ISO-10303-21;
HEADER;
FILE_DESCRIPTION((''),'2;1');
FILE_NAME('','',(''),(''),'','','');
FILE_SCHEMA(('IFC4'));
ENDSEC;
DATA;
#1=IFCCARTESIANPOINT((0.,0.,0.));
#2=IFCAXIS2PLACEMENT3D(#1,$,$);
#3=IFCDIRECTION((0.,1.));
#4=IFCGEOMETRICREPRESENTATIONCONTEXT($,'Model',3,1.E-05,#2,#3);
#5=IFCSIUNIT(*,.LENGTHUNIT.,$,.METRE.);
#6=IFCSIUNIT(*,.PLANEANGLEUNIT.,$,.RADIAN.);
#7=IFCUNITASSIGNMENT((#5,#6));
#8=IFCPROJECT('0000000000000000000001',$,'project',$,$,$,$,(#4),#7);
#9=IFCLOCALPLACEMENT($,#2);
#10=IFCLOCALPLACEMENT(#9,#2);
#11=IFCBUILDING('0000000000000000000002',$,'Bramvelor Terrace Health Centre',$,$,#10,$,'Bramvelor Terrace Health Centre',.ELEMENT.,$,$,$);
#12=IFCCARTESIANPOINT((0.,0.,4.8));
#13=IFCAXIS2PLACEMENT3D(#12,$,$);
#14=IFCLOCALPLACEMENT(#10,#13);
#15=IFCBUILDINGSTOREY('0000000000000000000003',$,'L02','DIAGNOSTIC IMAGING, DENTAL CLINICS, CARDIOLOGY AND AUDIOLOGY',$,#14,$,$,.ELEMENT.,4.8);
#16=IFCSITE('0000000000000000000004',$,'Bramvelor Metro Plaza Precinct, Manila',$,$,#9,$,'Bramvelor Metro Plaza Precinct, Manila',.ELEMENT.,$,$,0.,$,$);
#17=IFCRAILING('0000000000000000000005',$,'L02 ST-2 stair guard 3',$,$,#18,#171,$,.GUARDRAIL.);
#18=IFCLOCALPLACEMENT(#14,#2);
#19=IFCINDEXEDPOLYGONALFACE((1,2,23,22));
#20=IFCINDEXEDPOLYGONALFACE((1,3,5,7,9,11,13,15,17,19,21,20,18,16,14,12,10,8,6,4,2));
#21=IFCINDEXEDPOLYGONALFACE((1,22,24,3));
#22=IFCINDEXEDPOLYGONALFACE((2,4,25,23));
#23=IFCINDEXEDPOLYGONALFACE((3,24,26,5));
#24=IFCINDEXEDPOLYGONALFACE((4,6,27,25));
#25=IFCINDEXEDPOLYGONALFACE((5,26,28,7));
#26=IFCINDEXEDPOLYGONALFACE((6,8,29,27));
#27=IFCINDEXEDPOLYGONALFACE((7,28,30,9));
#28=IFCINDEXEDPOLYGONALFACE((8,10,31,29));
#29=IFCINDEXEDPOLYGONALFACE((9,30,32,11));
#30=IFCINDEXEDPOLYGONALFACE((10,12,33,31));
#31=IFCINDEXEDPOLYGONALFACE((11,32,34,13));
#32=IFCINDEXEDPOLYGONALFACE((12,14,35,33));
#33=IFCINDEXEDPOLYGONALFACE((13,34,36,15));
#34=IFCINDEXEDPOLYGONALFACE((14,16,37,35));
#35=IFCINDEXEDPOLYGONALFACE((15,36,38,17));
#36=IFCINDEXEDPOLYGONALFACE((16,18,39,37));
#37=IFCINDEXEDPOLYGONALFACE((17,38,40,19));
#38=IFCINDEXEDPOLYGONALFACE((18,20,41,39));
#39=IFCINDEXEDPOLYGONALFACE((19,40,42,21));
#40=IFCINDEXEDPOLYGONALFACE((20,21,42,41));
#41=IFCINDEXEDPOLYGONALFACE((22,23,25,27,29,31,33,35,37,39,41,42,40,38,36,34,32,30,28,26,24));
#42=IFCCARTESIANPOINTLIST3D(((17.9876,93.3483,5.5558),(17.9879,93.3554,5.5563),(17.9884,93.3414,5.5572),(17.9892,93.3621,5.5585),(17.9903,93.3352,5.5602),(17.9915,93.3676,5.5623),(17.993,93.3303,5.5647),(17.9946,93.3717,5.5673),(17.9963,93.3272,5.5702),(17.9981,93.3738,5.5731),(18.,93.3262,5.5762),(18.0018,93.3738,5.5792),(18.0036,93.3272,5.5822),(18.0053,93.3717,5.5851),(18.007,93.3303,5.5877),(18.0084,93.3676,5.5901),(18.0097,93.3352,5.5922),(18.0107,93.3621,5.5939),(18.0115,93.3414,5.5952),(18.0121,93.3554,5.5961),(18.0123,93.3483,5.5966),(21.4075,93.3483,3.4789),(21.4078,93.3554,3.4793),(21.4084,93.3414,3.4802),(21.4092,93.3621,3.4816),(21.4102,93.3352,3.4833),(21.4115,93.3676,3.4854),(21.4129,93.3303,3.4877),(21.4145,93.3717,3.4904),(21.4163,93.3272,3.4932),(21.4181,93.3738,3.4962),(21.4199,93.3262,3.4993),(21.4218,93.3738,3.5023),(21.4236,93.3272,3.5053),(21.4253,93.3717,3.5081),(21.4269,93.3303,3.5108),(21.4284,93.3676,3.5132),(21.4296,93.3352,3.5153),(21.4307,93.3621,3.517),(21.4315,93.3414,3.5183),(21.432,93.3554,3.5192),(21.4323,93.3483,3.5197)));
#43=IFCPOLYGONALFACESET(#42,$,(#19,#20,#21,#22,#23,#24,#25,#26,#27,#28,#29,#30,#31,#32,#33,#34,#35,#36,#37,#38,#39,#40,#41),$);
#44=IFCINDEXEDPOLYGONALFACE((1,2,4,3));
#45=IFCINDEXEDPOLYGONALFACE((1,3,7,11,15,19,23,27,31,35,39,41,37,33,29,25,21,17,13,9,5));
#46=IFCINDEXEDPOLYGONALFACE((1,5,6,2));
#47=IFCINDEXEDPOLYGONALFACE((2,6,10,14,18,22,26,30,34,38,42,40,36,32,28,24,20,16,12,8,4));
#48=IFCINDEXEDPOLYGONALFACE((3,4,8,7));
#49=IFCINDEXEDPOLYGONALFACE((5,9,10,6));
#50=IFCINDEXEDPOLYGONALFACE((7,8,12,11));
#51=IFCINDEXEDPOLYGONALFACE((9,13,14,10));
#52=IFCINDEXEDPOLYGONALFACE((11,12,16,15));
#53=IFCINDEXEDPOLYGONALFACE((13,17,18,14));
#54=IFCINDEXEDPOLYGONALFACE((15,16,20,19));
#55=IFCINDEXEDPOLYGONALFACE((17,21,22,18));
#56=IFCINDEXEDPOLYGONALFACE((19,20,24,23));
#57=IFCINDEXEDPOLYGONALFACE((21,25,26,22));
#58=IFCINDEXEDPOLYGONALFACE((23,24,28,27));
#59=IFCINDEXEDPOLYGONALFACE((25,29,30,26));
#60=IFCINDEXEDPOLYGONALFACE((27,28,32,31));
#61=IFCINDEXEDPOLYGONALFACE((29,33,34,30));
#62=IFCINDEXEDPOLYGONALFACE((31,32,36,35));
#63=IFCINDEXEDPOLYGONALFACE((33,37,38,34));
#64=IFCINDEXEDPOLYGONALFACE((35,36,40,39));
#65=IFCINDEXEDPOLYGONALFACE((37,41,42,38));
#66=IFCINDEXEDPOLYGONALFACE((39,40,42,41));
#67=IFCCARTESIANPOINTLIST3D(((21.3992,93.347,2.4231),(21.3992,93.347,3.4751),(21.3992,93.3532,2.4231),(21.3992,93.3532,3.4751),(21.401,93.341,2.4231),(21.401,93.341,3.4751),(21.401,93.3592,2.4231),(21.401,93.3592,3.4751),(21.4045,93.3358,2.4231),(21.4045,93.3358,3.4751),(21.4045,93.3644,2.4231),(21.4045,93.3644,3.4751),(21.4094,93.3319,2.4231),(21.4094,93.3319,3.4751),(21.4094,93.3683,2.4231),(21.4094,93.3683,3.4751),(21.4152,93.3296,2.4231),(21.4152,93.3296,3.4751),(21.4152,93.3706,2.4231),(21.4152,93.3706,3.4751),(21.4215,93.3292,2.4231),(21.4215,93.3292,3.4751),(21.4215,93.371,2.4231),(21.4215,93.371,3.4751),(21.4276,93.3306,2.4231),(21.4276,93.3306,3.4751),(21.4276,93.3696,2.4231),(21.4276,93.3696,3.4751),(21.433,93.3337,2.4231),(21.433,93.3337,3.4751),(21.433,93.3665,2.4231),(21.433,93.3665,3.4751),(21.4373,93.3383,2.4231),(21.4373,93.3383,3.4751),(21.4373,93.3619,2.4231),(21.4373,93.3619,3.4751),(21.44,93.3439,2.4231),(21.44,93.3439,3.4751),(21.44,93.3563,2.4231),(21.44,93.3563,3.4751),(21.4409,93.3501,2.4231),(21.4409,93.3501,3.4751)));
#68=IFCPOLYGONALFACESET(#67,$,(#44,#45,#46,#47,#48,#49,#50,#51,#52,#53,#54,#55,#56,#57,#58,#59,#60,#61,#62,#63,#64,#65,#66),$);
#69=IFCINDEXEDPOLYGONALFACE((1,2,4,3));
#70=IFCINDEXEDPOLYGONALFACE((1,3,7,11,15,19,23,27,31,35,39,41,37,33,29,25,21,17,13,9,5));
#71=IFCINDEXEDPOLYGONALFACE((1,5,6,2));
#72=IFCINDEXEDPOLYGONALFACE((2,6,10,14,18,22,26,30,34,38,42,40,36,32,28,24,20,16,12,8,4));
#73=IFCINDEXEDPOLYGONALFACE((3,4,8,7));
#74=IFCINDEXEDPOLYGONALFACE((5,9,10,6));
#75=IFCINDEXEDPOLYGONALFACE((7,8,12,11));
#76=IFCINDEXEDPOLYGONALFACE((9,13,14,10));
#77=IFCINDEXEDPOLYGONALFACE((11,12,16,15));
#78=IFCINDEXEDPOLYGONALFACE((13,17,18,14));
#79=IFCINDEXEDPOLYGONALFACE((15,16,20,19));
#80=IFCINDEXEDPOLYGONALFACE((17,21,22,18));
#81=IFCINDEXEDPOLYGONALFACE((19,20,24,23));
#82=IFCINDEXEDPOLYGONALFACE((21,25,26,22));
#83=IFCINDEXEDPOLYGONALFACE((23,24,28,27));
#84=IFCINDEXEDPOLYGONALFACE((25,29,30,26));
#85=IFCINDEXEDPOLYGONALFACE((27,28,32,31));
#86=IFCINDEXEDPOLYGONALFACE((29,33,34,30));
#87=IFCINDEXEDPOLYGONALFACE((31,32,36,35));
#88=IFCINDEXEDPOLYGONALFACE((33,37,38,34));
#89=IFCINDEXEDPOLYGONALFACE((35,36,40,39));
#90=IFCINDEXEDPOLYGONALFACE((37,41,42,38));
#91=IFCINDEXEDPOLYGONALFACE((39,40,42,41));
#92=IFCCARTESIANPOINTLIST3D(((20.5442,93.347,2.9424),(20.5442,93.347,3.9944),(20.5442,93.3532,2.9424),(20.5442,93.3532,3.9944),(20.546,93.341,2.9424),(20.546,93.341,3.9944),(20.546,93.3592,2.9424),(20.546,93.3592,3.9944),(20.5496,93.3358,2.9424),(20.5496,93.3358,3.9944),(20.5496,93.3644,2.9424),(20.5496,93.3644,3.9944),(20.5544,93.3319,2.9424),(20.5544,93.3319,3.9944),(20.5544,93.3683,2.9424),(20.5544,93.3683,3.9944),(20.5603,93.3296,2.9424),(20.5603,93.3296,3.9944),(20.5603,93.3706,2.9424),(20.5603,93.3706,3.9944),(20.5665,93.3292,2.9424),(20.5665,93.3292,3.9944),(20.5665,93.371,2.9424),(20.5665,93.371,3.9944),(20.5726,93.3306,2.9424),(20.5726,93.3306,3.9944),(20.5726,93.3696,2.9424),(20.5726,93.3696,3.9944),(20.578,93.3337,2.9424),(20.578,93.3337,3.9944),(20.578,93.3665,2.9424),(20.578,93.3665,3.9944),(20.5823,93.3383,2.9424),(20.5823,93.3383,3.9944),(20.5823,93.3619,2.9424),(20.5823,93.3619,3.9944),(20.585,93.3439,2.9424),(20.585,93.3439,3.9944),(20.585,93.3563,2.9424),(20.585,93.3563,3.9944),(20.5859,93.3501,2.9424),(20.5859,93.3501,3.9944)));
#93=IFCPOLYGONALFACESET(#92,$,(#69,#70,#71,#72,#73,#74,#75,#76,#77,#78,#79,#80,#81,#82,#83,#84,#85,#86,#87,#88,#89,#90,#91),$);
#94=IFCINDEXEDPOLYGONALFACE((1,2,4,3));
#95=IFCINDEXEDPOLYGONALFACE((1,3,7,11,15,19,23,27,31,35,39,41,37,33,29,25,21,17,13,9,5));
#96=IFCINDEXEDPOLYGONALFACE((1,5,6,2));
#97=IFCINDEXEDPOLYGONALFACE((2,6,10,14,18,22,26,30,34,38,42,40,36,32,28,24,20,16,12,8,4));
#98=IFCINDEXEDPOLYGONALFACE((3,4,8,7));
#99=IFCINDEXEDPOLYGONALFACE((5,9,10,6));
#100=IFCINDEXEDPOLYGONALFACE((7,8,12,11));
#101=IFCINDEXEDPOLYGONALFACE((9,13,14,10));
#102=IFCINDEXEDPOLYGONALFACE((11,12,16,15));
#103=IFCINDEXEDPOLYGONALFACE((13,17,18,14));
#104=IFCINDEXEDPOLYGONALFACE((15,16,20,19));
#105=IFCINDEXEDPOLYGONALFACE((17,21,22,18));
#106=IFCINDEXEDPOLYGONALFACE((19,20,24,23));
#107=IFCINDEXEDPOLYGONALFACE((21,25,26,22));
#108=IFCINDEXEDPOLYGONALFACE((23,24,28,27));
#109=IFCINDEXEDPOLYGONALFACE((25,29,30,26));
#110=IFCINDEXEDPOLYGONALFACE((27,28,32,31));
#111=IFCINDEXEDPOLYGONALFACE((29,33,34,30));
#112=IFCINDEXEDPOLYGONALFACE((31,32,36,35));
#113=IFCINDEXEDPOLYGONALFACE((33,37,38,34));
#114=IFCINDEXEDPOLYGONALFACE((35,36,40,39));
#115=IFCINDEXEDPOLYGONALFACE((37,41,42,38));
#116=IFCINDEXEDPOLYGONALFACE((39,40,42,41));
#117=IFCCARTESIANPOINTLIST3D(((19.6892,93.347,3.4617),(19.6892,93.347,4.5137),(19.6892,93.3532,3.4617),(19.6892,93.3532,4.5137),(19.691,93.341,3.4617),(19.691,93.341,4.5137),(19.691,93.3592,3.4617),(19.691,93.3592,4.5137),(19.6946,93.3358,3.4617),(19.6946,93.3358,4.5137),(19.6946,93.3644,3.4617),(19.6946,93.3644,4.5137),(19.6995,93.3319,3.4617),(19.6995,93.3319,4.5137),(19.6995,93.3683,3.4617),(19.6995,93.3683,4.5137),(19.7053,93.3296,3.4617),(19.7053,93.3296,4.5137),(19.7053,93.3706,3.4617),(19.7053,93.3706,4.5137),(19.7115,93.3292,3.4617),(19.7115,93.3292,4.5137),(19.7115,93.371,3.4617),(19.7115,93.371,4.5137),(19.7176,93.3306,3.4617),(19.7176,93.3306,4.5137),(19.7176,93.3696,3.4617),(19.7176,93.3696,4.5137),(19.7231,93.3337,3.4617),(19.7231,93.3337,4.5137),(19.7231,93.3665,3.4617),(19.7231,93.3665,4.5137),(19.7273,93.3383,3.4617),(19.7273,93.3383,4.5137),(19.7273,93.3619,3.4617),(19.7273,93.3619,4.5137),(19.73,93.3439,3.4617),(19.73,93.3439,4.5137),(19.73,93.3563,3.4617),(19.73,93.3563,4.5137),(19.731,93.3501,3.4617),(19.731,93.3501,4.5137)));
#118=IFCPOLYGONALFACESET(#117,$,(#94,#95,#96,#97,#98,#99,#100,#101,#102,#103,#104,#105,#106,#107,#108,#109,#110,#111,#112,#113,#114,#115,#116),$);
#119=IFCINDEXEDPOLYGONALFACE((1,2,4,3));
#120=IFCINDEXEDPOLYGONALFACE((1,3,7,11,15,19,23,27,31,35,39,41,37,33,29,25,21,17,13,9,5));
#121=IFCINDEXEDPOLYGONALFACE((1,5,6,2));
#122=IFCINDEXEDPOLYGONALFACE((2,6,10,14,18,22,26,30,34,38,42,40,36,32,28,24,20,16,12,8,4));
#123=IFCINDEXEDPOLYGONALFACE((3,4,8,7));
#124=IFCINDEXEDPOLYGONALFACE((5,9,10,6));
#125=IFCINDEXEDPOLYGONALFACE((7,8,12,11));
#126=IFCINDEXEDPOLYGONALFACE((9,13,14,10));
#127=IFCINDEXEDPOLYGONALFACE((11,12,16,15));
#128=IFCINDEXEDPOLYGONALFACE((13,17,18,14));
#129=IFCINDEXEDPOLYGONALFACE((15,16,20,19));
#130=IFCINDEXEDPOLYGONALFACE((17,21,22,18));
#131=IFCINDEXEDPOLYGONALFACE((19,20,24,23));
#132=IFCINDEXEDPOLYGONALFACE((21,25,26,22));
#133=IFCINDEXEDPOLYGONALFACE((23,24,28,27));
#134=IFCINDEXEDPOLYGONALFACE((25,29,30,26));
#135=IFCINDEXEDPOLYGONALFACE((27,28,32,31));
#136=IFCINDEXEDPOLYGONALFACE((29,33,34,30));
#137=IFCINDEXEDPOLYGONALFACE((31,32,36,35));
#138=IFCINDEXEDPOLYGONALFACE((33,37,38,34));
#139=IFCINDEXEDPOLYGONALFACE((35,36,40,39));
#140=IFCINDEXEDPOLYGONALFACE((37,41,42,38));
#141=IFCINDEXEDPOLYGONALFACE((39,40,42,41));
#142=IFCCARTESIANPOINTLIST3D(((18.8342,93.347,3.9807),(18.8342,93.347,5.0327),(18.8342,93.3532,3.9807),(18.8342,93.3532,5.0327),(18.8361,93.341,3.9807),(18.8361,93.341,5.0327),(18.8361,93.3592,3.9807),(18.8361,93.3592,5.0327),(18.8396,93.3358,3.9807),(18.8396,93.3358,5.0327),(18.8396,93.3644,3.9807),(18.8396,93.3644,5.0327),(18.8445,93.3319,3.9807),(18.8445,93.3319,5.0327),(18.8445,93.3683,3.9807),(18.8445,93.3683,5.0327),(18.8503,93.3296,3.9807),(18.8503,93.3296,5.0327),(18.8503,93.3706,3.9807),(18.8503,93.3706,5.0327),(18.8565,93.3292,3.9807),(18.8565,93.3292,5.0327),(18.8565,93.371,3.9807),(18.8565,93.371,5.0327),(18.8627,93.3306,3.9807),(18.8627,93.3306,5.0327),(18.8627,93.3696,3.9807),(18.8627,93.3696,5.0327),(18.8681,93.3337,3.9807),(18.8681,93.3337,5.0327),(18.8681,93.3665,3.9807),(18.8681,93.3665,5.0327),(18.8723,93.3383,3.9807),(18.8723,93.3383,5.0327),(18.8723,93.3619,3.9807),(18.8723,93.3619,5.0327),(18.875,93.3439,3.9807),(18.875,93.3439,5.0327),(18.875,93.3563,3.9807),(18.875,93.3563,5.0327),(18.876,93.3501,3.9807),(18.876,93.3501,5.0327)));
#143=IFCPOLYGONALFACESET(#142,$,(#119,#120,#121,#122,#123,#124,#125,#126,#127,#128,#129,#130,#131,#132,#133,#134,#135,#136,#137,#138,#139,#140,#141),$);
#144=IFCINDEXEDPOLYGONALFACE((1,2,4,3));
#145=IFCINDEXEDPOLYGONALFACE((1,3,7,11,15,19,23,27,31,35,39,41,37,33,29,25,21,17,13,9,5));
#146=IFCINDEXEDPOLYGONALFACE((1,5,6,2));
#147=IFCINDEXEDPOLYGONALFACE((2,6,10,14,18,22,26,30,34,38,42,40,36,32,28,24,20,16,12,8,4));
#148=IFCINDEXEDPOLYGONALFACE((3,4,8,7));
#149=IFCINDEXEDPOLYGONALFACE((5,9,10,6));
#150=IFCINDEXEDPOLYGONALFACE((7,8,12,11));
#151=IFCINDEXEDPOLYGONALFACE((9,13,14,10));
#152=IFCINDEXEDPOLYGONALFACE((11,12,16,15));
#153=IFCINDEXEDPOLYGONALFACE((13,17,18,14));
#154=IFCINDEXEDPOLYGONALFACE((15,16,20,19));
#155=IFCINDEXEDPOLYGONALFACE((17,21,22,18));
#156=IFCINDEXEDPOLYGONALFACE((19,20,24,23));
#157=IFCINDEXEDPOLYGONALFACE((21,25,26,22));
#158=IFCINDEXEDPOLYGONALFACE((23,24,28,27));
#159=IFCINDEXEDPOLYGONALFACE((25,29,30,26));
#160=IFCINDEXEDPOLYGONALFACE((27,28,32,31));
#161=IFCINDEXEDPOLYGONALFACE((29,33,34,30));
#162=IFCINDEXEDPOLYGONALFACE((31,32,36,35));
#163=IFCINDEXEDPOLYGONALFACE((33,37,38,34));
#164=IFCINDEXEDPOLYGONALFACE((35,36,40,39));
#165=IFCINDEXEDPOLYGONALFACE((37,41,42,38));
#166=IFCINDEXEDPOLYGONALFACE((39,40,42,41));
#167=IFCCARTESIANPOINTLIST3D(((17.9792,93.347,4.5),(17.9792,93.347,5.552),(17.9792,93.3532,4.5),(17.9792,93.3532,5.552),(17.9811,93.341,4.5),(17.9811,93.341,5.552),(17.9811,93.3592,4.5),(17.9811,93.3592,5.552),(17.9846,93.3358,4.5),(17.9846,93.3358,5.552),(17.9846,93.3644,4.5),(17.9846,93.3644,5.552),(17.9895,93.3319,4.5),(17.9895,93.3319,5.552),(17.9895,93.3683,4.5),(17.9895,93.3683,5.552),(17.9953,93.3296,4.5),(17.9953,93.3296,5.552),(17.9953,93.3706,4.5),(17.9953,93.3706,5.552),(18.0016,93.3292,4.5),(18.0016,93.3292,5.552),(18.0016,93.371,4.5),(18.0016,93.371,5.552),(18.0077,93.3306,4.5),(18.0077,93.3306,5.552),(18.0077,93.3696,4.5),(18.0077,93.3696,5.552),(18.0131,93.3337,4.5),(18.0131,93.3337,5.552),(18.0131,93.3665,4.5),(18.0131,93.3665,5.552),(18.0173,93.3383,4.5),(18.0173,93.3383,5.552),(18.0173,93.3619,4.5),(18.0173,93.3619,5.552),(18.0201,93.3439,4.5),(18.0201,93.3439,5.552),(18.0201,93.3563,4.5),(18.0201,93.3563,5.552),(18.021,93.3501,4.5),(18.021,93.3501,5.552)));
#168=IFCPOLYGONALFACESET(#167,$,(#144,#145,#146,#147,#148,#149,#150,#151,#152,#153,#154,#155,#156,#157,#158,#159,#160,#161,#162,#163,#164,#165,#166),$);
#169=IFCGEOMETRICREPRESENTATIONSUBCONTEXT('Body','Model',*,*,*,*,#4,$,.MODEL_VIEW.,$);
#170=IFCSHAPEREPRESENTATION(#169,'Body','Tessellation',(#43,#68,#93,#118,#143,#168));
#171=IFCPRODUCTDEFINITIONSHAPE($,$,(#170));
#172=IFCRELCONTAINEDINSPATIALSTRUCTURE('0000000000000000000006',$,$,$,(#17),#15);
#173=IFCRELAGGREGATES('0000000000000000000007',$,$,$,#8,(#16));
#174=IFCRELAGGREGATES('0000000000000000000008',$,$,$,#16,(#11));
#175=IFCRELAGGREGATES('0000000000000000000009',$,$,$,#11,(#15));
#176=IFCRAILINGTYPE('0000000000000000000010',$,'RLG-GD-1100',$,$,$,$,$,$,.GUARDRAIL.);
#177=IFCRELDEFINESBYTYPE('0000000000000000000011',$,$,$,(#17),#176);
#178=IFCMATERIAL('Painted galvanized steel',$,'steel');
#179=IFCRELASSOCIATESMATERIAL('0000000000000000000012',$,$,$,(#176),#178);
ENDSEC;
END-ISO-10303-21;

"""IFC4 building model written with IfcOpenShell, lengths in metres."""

from ifc_helpers import new_model, si_unit, direction, frame, origin, origin_2d, place, context, subcontext, project, spatial, circle, extrude, material, type_object, element, save


model = new_model("IFC4")

# Units and contexts
model_context = context("Model", 3, precision=1e-05, world=origin(), true_north=direction((0.0, 1.0)))
body_context = subcontext(model_context, "Body", "Model", "MODEL_VIEW")
ifc_project = project(units=[si_unit("LENGTHUNIT", "METRE"), si_unit("PLANEANGLEUNIT", "RADIAN")], contexts=[model_context])

# Site, building, storey
site_placement = place(None, origin())
site = spatial("IfcSite", under=ifc_project, at=site_placement, Name="Bramvelor Metro Plaza Precinct, Manila", LongName="Bramvelor Metro Plaza Precinct, Manila", CompositionType="ELEMENT", RefElevation=0.0)
building_placement = place(site_placement, origin())
building = spatial("IfcBuilding", under=site, at=building_placement, Name="Bramvelor Terrace Health Centre", LongName="Bramvelor Terrace Health Centre", CompositionType="ELEMENT")
storey_placement = place(building_placement, frame((0.0, 0.0, 4.8)))
storey = spatial("IfcBuildingStorey", under=building, at=storey_placement, Name="L02", Description="DIAGNOSTIC IMAGING, DENTAL CLINICS, CARDIOLOGY AND AUDIOLOGY", CompositionType="ELEMENT", Elevation=4.8)

# Railing
ifc_material_1 = material(Name="Painted galvanized steel", Category="steel")
railing_type_1 = type_object("IfcRailingType", Name="RLG-GD-1100", PredefinedType="GUARDRAIL", material=ifc_material_1)
railing_1_placement = place(storey_placement, frame((21.4199, 93.3501, 2.4231)))
element("IfcRailing", 1, at=railing_1_placement, inside=storey, type_object=railing_type_1, Name="L02 ST-2 stair guard 3", PredefinedType="GUARDRAIL", context=body_context, shape_type="SweptSolid", body=[
    extrude(circle(Radius=0.0239, at=origin_2d()), frame((0.0, 0.0, 1.0762), z_axis=(-0.85473, 0.0, 0.519074), x_axis=(0.0, -1.0, 0.0)), (0.0, 0.0, 1.0), 4.0012),
    extrude(circle(Radius=0.021, at=origin_2d()), origin(), (0.0, 0.0, 1.0), 1.052),
    extrude(circle(Radius=0.021, at=origin_2d()), frame((-0.855, 0.0, 0.5193)), (0.0, 0.0, 1.0), 1.052),
    extrude(circle(Radius=0.021, at=origin_2d()), frame((-1.71, 0.0, 1.0386)), (0.0, 0.0, 1.0), 1.052),
    extrude(circle(Radius=0.021, at=origin_2d()), frame((-2.5649, 0.0, 1.5576)), (0.0, 0.0, 1.0), 1.052),
    extrude(circle(Radius=0.021, at=origin_2d()), frame((-3.4199, 0.0, 2.0769)), (0.0, 0.0, 1.0), 1.052),
])

save(model, "model.ifc")
